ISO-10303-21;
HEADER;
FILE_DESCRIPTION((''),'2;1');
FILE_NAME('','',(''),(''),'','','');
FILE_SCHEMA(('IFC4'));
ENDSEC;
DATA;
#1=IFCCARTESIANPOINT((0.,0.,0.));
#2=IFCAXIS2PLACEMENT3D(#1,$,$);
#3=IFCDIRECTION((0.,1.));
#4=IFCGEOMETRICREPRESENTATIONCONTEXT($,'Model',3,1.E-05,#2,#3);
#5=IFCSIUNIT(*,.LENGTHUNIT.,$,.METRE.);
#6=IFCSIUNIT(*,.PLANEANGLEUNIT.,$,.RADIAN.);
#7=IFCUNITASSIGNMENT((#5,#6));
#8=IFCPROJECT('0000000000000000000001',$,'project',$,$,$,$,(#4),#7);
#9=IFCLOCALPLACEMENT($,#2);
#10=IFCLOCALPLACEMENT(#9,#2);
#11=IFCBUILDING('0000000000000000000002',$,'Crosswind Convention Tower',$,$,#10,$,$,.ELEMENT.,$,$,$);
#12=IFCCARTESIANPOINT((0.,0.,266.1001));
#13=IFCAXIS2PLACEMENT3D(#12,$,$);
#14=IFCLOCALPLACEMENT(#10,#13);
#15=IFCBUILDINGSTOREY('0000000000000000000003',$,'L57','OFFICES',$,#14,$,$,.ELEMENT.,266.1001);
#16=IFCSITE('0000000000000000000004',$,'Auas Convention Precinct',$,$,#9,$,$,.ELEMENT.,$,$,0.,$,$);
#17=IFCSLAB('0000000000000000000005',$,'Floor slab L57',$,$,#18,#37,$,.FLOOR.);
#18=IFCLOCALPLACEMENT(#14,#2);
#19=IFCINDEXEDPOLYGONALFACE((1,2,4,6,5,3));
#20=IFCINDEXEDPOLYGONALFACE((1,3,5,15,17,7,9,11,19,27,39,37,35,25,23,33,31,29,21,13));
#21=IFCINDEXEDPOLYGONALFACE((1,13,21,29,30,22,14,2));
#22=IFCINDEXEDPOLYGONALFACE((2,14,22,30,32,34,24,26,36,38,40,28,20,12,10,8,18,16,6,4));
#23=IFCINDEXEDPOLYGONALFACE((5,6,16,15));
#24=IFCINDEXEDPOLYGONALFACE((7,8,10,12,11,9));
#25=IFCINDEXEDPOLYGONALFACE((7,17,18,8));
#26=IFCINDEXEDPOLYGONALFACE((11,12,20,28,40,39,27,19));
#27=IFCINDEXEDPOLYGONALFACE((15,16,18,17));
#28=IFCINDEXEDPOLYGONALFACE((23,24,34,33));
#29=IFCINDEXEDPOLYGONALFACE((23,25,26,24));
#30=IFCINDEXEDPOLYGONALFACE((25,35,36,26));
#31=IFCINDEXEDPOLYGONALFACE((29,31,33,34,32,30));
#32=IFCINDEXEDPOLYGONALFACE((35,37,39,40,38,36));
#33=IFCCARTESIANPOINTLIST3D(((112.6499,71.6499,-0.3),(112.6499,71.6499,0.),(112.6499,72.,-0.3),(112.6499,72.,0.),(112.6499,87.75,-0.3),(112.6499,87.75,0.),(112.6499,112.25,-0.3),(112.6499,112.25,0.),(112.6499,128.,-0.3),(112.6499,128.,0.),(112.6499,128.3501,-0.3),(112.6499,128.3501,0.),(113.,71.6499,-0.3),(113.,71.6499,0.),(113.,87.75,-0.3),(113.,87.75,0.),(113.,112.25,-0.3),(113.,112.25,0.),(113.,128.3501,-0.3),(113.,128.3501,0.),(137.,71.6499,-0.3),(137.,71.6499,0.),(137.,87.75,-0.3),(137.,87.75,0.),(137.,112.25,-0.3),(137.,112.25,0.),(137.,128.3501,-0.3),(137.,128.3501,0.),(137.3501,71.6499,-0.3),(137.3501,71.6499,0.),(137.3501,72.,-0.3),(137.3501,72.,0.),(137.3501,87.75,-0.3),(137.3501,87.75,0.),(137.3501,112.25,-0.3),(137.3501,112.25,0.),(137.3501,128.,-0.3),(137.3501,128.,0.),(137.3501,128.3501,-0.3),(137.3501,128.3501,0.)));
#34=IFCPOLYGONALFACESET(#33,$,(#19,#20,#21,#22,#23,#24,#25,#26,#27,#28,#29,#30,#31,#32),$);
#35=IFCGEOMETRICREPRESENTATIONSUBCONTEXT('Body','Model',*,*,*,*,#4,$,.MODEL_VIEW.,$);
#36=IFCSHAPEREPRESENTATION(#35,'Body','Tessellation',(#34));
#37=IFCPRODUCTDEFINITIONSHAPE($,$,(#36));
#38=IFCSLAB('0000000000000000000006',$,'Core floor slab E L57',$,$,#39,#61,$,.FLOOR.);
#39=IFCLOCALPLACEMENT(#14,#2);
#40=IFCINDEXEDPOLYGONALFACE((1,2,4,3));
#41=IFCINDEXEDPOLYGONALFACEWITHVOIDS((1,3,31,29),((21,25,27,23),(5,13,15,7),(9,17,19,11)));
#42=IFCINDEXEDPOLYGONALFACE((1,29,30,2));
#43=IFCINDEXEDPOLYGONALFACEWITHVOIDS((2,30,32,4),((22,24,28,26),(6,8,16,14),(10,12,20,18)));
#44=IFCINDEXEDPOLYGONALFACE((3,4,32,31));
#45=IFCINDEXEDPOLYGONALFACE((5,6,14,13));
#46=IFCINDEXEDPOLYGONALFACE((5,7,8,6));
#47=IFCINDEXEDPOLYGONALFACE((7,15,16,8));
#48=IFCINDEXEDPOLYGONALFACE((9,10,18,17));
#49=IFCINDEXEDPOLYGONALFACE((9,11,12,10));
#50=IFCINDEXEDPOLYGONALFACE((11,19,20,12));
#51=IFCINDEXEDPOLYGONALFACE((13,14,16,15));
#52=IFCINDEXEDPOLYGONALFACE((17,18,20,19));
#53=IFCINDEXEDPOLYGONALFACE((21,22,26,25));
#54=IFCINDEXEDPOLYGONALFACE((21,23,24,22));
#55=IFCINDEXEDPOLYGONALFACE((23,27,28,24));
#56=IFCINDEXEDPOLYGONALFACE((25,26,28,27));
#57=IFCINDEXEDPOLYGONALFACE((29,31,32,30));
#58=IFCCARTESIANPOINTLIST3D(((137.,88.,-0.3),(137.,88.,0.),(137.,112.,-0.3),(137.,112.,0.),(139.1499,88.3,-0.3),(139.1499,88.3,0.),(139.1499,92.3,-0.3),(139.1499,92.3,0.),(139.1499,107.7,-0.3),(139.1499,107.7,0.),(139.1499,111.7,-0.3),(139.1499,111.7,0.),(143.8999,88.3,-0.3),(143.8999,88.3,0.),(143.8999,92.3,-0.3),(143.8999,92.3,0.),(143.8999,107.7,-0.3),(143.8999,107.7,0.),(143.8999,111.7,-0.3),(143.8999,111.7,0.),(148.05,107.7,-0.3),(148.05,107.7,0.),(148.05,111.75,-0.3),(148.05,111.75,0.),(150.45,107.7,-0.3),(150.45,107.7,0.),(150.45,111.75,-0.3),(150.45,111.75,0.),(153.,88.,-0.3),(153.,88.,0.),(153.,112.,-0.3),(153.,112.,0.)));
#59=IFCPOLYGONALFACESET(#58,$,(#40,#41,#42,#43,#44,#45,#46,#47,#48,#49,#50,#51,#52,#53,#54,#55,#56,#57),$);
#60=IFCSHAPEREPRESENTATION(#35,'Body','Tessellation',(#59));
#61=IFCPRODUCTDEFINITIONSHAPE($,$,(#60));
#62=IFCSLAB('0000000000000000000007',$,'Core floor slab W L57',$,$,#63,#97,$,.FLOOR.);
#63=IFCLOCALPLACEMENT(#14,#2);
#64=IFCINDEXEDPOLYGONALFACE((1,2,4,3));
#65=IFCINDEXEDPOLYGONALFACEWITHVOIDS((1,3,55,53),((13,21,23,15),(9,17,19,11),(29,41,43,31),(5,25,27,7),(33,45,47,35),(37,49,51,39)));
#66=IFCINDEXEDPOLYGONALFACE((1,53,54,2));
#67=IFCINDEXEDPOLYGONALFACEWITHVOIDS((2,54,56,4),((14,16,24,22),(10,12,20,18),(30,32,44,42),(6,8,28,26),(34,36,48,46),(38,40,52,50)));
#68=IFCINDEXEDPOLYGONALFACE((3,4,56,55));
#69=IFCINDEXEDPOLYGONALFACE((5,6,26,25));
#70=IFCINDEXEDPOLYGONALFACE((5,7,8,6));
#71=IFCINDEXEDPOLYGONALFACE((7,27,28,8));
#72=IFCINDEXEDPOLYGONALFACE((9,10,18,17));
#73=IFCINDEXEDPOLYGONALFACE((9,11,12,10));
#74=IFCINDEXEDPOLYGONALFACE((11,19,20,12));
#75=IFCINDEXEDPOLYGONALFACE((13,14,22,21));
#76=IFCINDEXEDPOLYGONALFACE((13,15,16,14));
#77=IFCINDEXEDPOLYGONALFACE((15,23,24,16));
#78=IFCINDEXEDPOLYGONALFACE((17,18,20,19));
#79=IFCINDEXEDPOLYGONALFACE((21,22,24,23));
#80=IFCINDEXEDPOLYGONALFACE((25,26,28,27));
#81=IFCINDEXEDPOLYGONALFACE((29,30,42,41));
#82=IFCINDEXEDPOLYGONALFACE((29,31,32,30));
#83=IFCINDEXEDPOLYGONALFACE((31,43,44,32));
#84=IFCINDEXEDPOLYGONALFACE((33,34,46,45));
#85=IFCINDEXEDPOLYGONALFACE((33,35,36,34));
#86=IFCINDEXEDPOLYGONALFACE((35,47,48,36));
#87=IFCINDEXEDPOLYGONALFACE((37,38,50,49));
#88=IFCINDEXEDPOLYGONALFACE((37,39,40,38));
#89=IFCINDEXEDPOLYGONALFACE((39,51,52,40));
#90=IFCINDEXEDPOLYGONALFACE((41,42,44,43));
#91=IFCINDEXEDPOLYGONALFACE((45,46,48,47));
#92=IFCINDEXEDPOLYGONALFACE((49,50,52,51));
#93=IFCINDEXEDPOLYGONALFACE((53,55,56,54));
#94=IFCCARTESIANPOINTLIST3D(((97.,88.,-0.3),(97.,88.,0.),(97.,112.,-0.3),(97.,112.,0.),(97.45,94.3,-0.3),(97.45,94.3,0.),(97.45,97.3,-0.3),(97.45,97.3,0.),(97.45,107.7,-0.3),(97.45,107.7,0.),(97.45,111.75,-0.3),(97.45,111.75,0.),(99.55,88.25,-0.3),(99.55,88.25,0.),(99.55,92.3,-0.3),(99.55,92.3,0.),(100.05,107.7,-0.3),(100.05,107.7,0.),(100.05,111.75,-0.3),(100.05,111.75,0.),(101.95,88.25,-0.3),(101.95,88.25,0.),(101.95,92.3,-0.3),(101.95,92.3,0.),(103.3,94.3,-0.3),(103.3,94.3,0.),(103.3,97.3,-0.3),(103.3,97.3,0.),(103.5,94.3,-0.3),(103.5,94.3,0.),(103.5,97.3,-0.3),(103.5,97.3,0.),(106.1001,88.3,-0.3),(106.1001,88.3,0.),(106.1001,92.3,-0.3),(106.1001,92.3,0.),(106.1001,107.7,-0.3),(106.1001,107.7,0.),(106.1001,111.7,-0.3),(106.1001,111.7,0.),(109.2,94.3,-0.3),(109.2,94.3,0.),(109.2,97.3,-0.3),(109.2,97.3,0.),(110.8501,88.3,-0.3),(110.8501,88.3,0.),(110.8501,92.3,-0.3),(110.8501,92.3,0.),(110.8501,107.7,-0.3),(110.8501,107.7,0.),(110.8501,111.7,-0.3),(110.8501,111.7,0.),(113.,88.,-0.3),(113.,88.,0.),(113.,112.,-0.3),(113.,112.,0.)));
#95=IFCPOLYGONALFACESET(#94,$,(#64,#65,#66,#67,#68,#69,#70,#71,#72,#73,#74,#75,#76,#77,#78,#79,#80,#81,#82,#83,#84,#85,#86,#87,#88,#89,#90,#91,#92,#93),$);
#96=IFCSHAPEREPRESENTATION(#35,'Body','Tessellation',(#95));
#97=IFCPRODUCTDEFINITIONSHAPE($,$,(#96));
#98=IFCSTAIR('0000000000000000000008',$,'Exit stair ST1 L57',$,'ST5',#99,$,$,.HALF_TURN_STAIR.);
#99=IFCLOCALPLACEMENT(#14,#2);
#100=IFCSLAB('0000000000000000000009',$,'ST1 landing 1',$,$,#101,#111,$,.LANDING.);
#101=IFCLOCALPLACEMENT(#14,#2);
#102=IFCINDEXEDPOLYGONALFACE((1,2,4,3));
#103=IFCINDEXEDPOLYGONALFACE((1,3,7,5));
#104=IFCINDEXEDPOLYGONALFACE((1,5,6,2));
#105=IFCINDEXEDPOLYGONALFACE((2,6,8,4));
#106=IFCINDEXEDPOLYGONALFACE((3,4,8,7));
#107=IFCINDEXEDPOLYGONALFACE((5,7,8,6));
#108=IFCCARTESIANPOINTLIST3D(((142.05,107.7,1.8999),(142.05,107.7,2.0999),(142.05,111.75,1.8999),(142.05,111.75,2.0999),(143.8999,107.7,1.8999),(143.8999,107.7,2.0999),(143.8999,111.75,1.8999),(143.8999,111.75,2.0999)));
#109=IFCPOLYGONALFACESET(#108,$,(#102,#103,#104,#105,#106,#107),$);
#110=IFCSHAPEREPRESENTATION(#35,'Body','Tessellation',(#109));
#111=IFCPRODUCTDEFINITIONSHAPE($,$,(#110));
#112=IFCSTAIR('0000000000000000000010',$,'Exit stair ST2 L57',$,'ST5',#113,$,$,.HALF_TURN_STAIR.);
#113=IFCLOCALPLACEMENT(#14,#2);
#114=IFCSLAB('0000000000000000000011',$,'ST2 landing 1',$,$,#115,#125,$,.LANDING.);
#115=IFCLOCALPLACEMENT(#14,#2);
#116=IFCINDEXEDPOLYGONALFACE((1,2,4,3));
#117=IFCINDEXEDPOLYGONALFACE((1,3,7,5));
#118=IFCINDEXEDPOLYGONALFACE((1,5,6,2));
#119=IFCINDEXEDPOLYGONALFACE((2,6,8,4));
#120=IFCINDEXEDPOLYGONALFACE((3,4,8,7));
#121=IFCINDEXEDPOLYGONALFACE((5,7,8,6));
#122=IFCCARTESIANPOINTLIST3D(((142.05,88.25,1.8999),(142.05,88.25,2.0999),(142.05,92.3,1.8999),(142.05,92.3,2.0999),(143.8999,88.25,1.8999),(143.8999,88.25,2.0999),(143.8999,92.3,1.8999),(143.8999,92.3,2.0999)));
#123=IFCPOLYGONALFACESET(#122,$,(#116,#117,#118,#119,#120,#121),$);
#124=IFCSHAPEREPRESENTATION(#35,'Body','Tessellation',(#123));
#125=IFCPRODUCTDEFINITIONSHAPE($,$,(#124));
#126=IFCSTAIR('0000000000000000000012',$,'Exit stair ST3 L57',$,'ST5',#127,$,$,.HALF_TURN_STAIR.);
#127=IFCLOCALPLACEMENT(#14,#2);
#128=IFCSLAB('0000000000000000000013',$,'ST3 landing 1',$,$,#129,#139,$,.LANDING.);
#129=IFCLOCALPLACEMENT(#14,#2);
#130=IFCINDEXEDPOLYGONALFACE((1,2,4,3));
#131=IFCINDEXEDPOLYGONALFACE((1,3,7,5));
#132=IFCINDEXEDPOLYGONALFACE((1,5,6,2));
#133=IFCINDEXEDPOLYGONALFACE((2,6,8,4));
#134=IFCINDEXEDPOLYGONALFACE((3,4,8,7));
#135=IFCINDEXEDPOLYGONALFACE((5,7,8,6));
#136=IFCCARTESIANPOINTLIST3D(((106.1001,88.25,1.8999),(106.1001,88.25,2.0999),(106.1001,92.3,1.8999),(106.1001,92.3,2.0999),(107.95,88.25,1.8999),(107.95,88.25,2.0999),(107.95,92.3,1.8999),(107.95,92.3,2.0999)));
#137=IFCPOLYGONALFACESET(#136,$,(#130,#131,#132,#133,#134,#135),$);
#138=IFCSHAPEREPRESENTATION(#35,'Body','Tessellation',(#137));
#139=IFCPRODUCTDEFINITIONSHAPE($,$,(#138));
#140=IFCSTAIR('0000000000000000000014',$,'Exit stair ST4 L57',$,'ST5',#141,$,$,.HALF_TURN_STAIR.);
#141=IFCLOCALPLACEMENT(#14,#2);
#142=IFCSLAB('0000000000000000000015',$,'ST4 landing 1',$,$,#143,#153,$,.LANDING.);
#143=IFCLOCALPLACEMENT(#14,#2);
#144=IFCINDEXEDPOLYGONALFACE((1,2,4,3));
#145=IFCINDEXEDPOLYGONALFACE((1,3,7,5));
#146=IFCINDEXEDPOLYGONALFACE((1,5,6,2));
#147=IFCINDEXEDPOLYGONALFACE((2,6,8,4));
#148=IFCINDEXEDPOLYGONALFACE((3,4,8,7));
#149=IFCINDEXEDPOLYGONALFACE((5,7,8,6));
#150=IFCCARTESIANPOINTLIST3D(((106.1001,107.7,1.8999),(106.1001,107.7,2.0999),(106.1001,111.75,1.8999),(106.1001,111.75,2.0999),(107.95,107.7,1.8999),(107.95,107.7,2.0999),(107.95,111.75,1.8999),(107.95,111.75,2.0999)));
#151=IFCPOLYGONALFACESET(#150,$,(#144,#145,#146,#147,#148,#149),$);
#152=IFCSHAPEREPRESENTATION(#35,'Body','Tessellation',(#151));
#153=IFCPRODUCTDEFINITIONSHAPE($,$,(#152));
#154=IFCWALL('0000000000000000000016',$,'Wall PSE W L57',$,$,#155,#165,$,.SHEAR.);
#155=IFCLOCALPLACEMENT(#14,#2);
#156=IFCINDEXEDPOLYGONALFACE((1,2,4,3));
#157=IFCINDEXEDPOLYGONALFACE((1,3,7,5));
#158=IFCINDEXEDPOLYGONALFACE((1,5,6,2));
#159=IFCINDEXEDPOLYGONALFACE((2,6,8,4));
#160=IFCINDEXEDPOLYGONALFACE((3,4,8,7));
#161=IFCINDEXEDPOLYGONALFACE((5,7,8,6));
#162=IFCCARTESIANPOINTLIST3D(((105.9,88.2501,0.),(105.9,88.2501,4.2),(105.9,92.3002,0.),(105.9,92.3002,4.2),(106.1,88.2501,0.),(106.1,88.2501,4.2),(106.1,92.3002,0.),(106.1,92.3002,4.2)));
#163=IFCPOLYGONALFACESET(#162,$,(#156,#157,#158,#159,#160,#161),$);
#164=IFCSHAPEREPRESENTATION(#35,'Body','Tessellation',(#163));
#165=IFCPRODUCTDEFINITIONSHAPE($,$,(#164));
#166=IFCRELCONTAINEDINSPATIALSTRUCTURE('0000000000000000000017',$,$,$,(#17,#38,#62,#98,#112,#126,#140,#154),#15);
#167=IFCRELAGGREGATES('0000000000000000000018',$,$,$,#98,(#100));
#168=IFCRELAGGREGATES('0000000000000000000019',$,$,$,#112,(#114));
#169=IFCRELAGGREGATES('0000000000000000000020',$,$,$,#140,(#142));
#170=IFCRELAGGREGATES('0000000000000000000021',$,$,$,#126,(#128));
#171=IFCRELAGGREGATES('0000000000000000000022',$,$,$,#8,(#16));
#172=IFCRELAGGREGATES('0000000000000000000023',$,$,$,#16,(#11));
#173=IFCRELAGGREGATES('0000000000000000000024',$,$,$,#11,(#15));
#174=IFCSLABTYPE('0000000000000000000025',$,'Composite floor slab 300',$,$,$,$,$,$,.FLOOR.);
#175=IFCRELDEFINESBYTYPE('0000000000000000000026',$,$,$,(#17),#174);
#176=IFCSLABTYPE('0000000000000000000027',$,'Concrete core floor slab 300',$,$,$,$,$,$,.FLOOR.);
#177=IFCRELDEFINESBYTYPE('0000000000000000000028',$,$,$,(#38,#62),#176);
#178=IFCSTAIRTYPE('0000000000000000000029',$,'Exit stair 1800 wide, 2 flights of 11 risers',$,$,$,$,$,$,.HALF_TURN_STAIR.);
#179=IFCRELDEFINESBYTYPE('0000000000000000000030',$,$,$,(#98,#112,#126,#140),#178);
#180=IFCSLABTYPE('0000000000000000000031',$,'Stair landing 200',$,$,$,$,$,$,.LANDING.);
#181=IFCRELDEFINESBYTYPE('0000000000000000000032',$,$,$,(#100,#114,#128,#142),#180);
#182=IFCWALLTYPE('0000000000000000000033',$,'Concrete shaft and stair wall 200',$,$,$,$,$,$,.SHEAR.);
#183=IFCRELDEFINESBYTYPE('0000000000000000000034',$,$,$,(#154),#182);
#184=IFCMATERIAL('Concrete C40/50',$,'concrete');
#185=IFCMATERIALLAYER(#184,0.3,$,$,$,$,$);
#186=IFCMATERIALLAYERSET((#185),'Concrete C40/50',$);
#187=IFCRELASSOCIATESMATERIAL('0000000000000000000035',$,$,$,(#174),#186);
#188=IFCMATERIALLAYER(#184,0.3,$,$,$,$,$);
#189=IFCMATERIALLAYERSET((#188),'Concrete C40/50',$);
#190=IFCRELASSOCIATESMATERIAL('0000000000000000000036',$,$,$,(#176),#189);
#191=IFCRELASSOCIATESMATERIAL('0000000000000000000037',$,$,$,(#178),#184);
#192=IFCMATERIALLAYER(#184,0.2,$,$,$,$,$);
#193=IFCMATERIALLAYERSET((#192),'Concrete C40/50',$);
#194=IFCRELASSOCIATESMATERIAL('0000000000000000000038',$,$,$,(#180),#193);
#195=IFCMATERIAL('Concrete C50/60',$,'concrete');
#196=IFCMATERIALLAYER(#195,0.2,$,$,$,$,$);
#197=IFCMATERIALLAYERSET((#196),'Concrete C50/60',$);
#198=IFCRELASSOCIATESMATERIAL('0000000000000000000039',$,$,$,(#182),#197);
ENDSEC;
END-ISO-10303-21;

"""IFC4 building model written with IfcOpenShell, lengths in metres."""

from ifc_helpers import new_model, si_unit, direction, frame, frame_2d, origin, place, context, subcontext, project, spatial, polyline, rectangle, outline, extrude, material, layer, layer_set, type_object, element, aggregate, save


model = new_model("IFC4")

# Units and contexts
model_context = context("Model", 3, precision=1e-05, world=origin(), true_north=direction((0.0, 1.0)))
body_context = subcontext(model_context, "Body", "Model", "MODEL_VIEW")
ifc_project = project(units=[si_unit("LENGTHUNIT", "METRE"), si_unit("PLANEANGLEUNIT", "RADIAN")], contexts=[model_context])

# Site, building, storey
site_placement = place(None, origin())
site = spatial("IfcSite", under=ifc_project, at=site_placement, Name="Auas Convention Precinct", CompositionType="ELEMENT", RefElevation=0.0)
building_placement = place(site_placement, origin())
building = spatial("IfcBuilding", under=site, at=building_placement, Name="Crosswind Convention Tower", CompositionType="ELEMENT")
storey_placement = place(building_placement, frame((0.0, 0.0, 266.1001)))
storey = spatial("IfcBuildingStorey", under=building, at=storey_placement, Name="L57", Description="OFFICES", CompositionType="ELEMENT", Elevation=266.1001)

# Slabs
ifc_material_1 = material(Name="Concrete C40/50", Category="concrete")
ifc_layer_1 = layer(ifc_material_1, 0.3)
ifc_layer_set_1 = layer_set([ifc_layer_1], Name="Concrete C40/50")
slab_type_1 = type_object("IfcSlabType", Name="Composite floor slab 300", PredefinedType="FLOOR", material=ifc_layer_set_1)
slab_1_placement = place(storey_placement, frame((0.0, 0.0, -0.3)))
element("IfcSlab", 1, at=slab_1_placement, inside=storey, type_object=slab_type_1, Name="Floor slab L57", PredefinedType="FLOOR", context=body_context, shape_type="SweptSolid", body=[
    extrude(outline(polyline([(137.3501, 71.6499), (137.0, 71.6499), (113.0, 71.6499), (112.6499, 71.6499), (112.6499, 72.0), (112.6499, 87.75), (113.0, 87.75), (113.0, 112.25), (112.6499, 112.25), (112.6499, 128.0), (112.6499, 128.3501), (113.0, 128.3501), (137.0, 128.3501), (137.3501, 128.3501), (137.3501, 128.0), (137.3501, 112.25), (137.0, 112.25), (137.0, 87.75), (137.3501, 87.75), (137.3501, 72.0), (137.3501, 71.6499)])), origin(), (0.0, 0.0, 1.0), 0.3),
])
ifc_layer_2 = layer(ifc_material_1, 0.3)
ifc_layer_set_2 = layer_set([ifc_layer_2], Name="Concrete C40/50")
slab_type_2 = type_object("IfcSlabType", Name="Concrete core floor slab 300", PredefinedType="FLOOR", material=ifc_layer_set_2)
slab_2_placement = place(storey_placement, frame((0.0, 0.0, -0.3)))
element("IfcSlab", 2, at=slab_2_placement, inside=storey, type_object=slab_type_2, Name="Core floor slab E L57", PredefinedType="FLOOR", context=body_context, shape_type="SweptSolid", body=[
    extrude(outline(polyline([(137.0, 88.0), (153.0, 88.0), (153.0, 112.0), (137.0, 112.0), (137.0, 88.0)]), holes=[polyline([(150.45, 107.7), (150.45, 111.75), (148.05, 111.75), (148.05, 107.7), (150.45, 107.7)]), polyline([(143.8999, 107.7), (143.8999, 111.7), (139.1499, 111.7), (139.1499, 107.7), (143.8999, 107.7)]), polyline([(143.8999, 88.3), (143.8999, 92.3), (139.1499, 92.3), (139.1499, 88.3), (143.8999, 88.3)])]), origin(), (0.0, 0.0, 1.0), 0.3),
])
slab_3_placement = place(storey_placement, frame((0.0, 0.0, -0.3)))
element("IfcSlab", 3, at=slab_3_placement, inside=storey, type_object=slab_type_2, Name="Core floor slab W L57", PredefinedType="FLOOR", context=body_context, shape_type="SweptSolid", body=[
    extrude(outline(polyline([(97.0, 88.0), (113.0, 88.0), (113.0, 112.0), (97.0, 112.0), (97.0, 88.0)]), holes=[polyline([(109.2, 94.3), (109.2, 97.3), (103.5, 97.3), (103.5, 94.3), (109.2, 94.3)]), polyline([(103.3, 94.3), (103.3, 97.3), (97.45, 97.3), (97.45, 94.3), (103.3, 94.3)]), polyline([(101.95, 88.25), (101.95, 92.3), (99.55, 92.3), (99.55, 88.25), (101.95, 88.25)]), polyline([(100.05, 107.7), (100.05, 111.75), (97.45, 111.75), (97.45, 107.7), (100.05, 107.7)]), polyline([(110.8501, 88.3), (110.8501, 92.3), (106.1001, 92.3), (106.1001, 88.3), (110.8501, 88.3)]), polyline([(110.8501, 107.7), (110.8501, 111.7), (106.1001, 111.7), (106.1001, 107.7), (110.8501, 107.7)])]), origin(), (0.0, 0.0, 1.0), 0.3),
])

# Stairs, slabs
stair_type = type_object("IfcStairType", Name="Exit stair 1800 wide, 2 flights of 11 risers", PredefinedType="HALF_TURN_STAIR", material=ifc_material_1)
stair_1_placement = place(storey_placement, origin())
stair_1 = element("IfcStair", 4, at=stair_1_placement, inside=storey, type_object=stair_type, Name="Exit stair ST1 L57", ObjectType="ST5", PredefinedType="HALF_TURN_STAIR")
ifc_layer_3 = layer(ifc_material_1, 0.2)
ifc_layer_set_3 = layer_set([ifc_layer_3], Name="Concrete C40/50")
slab_type_3 = type_object("IfcSlabType", Name="Stair landing 200", PredefinedType="LANDING", material=ifc_layer_set_3)
slab_4_placement = place(storey_placement, frame((0.0, 0.0, 1.8999)))
slab_4 = element("IfcSlab", 5, at=slab_4_placement, type_object=slab_type_3, Name="ST1 landing 1", PredefinedType="LANDING", context=body_context, shape_type="SweptSolid", body=[
    extrude(outline(polyline([(143.8999, 107.7), (143.8999, 111.75), (142.05, 111.75), (142.05, 107.7), (143.8999, 107.7)])), origin(), (0.0, 0.0, 1.0), 0.2),
])
aggregate(stair_1, [slab_4])
stair_2_placement = place(storey_placement, origin())
stair_2 = element("IfcStair", 6, at=stair_2_placement, inside=storey, type_object=stair_type, Name="Exit stair ST2 L57", ObjectType="ST5", PredefinedType="HALF_TURN_STAIR")
slab_5_placement = place(storey_placement, frame((0.0, 0.0, 1.8999)))
slab_5 = element("IfcSlab", 7, at=slab_5_placement, type_object=slab_type_3, Name="ST2 landing 1", PredefinedType="LANDING", context=body_context, shape_type="SweptSolid", body=[
    extrude(outline(polyline([(143.8999, 88.25), (143.8999, 92.3), (142.05, 92.3), (142.05, 88.25), (143.8999, 88.25)])), origin(), (0.0, 0.0, 1.0), 0.2),
])
aggregate(stair_2, [slab_5])
stair_3_placement = place(storey_placement, origin())
stair_3 = element("IfcStair", 8, at=stair_3_placement, inside=storey, type_object=stair_type, Name="Exit stair ST3 L57", ObjectType="ST5", PredefinedType="HALF_TURN_STAIR")
slab_6_placement = place(storey_placement, frame((0.0, 0.0, 1.8999)))
slab_6 = element("IfcSlab", 9, at=slab_6_placement, type_object=slab_type_3, Name="ST3 landing 1", PredefinedType="LANDING", context=body_context, shape_type="SweptSolid", body=[
    extrude(outline(polyline([(107.95, 88.25), (107.95, 92.3), (106.1001, 92.3), (106.1001, 88.25), (107.95, 88.25)])), origin(), (0.0, 0.0, 1.0), 0.2),
])
stair_4_placement = place(storey_placement, origin())
stair_4 = element("IfcStair", 10, at=stair_4_placement, inside=storey, type_object=stair_type, Name="Exit stair ST4 L57", ObjectType="ST5", PredefinedType="HALF_TURN_STAIR")
slab_7_placement = place(storey_placement, frame((0.0, 0.0, 1.8999)))
slab_7 = element("IfcSlab", 11, at=slab_7_placement, type_object=slab_type_3, Name="ST4 landing 1", PredefinedType="LANDING", context=body_context, shape_type="SweptSolid", body=[
    extrude(outline(polyline([(107.95, 107.7), (107.95, 111.75), (106.1001, 111.75), (106.1001, 107.7), (107.95, 107.7)])), origin(), (0.0, 0.0, 1.0), 0.2),
])
aggregate(stair_4, [slab_7])

# Wall
ifc_material_2 = material(Name="Concrete C50/60", Category="concrete")
ifc_layer_4 = layer(ifc_material_2, 0.2)
ifc_layer_set_4 = layer_set([ifc_layer_4], Name="Concrete C50/60")
wall_type_1 = type_object("IfcWallType", Name="Concrete shaft and stair wall 200", PredefinedType="SHEAR", material=ifc_layer_set_4)
wall_1_placement = place(storey_placement, frame((106.0, 92.3, 0.0), z_axis=(0.0, 0.0, 1.0), x_axis=(0.0, -1.0, 0.0)))
element("IfcWall", 12, at=wall_1_placement, inside=storey, type_object=wall_type_1, Name="Wall PSE W L57", PredefinedType="SHEAR", context=body_context, shape_type="SweptSolid", body=[
    extrude(rectangle(XDim=4.05, YDim=0.2, at=frame_2d((2.0249, 0.0))), origin(), (0.0, 0.0, 1.0), 4.2),
])

aggregate(stair_3, [slab_6])

save(model, "model.ifc")
